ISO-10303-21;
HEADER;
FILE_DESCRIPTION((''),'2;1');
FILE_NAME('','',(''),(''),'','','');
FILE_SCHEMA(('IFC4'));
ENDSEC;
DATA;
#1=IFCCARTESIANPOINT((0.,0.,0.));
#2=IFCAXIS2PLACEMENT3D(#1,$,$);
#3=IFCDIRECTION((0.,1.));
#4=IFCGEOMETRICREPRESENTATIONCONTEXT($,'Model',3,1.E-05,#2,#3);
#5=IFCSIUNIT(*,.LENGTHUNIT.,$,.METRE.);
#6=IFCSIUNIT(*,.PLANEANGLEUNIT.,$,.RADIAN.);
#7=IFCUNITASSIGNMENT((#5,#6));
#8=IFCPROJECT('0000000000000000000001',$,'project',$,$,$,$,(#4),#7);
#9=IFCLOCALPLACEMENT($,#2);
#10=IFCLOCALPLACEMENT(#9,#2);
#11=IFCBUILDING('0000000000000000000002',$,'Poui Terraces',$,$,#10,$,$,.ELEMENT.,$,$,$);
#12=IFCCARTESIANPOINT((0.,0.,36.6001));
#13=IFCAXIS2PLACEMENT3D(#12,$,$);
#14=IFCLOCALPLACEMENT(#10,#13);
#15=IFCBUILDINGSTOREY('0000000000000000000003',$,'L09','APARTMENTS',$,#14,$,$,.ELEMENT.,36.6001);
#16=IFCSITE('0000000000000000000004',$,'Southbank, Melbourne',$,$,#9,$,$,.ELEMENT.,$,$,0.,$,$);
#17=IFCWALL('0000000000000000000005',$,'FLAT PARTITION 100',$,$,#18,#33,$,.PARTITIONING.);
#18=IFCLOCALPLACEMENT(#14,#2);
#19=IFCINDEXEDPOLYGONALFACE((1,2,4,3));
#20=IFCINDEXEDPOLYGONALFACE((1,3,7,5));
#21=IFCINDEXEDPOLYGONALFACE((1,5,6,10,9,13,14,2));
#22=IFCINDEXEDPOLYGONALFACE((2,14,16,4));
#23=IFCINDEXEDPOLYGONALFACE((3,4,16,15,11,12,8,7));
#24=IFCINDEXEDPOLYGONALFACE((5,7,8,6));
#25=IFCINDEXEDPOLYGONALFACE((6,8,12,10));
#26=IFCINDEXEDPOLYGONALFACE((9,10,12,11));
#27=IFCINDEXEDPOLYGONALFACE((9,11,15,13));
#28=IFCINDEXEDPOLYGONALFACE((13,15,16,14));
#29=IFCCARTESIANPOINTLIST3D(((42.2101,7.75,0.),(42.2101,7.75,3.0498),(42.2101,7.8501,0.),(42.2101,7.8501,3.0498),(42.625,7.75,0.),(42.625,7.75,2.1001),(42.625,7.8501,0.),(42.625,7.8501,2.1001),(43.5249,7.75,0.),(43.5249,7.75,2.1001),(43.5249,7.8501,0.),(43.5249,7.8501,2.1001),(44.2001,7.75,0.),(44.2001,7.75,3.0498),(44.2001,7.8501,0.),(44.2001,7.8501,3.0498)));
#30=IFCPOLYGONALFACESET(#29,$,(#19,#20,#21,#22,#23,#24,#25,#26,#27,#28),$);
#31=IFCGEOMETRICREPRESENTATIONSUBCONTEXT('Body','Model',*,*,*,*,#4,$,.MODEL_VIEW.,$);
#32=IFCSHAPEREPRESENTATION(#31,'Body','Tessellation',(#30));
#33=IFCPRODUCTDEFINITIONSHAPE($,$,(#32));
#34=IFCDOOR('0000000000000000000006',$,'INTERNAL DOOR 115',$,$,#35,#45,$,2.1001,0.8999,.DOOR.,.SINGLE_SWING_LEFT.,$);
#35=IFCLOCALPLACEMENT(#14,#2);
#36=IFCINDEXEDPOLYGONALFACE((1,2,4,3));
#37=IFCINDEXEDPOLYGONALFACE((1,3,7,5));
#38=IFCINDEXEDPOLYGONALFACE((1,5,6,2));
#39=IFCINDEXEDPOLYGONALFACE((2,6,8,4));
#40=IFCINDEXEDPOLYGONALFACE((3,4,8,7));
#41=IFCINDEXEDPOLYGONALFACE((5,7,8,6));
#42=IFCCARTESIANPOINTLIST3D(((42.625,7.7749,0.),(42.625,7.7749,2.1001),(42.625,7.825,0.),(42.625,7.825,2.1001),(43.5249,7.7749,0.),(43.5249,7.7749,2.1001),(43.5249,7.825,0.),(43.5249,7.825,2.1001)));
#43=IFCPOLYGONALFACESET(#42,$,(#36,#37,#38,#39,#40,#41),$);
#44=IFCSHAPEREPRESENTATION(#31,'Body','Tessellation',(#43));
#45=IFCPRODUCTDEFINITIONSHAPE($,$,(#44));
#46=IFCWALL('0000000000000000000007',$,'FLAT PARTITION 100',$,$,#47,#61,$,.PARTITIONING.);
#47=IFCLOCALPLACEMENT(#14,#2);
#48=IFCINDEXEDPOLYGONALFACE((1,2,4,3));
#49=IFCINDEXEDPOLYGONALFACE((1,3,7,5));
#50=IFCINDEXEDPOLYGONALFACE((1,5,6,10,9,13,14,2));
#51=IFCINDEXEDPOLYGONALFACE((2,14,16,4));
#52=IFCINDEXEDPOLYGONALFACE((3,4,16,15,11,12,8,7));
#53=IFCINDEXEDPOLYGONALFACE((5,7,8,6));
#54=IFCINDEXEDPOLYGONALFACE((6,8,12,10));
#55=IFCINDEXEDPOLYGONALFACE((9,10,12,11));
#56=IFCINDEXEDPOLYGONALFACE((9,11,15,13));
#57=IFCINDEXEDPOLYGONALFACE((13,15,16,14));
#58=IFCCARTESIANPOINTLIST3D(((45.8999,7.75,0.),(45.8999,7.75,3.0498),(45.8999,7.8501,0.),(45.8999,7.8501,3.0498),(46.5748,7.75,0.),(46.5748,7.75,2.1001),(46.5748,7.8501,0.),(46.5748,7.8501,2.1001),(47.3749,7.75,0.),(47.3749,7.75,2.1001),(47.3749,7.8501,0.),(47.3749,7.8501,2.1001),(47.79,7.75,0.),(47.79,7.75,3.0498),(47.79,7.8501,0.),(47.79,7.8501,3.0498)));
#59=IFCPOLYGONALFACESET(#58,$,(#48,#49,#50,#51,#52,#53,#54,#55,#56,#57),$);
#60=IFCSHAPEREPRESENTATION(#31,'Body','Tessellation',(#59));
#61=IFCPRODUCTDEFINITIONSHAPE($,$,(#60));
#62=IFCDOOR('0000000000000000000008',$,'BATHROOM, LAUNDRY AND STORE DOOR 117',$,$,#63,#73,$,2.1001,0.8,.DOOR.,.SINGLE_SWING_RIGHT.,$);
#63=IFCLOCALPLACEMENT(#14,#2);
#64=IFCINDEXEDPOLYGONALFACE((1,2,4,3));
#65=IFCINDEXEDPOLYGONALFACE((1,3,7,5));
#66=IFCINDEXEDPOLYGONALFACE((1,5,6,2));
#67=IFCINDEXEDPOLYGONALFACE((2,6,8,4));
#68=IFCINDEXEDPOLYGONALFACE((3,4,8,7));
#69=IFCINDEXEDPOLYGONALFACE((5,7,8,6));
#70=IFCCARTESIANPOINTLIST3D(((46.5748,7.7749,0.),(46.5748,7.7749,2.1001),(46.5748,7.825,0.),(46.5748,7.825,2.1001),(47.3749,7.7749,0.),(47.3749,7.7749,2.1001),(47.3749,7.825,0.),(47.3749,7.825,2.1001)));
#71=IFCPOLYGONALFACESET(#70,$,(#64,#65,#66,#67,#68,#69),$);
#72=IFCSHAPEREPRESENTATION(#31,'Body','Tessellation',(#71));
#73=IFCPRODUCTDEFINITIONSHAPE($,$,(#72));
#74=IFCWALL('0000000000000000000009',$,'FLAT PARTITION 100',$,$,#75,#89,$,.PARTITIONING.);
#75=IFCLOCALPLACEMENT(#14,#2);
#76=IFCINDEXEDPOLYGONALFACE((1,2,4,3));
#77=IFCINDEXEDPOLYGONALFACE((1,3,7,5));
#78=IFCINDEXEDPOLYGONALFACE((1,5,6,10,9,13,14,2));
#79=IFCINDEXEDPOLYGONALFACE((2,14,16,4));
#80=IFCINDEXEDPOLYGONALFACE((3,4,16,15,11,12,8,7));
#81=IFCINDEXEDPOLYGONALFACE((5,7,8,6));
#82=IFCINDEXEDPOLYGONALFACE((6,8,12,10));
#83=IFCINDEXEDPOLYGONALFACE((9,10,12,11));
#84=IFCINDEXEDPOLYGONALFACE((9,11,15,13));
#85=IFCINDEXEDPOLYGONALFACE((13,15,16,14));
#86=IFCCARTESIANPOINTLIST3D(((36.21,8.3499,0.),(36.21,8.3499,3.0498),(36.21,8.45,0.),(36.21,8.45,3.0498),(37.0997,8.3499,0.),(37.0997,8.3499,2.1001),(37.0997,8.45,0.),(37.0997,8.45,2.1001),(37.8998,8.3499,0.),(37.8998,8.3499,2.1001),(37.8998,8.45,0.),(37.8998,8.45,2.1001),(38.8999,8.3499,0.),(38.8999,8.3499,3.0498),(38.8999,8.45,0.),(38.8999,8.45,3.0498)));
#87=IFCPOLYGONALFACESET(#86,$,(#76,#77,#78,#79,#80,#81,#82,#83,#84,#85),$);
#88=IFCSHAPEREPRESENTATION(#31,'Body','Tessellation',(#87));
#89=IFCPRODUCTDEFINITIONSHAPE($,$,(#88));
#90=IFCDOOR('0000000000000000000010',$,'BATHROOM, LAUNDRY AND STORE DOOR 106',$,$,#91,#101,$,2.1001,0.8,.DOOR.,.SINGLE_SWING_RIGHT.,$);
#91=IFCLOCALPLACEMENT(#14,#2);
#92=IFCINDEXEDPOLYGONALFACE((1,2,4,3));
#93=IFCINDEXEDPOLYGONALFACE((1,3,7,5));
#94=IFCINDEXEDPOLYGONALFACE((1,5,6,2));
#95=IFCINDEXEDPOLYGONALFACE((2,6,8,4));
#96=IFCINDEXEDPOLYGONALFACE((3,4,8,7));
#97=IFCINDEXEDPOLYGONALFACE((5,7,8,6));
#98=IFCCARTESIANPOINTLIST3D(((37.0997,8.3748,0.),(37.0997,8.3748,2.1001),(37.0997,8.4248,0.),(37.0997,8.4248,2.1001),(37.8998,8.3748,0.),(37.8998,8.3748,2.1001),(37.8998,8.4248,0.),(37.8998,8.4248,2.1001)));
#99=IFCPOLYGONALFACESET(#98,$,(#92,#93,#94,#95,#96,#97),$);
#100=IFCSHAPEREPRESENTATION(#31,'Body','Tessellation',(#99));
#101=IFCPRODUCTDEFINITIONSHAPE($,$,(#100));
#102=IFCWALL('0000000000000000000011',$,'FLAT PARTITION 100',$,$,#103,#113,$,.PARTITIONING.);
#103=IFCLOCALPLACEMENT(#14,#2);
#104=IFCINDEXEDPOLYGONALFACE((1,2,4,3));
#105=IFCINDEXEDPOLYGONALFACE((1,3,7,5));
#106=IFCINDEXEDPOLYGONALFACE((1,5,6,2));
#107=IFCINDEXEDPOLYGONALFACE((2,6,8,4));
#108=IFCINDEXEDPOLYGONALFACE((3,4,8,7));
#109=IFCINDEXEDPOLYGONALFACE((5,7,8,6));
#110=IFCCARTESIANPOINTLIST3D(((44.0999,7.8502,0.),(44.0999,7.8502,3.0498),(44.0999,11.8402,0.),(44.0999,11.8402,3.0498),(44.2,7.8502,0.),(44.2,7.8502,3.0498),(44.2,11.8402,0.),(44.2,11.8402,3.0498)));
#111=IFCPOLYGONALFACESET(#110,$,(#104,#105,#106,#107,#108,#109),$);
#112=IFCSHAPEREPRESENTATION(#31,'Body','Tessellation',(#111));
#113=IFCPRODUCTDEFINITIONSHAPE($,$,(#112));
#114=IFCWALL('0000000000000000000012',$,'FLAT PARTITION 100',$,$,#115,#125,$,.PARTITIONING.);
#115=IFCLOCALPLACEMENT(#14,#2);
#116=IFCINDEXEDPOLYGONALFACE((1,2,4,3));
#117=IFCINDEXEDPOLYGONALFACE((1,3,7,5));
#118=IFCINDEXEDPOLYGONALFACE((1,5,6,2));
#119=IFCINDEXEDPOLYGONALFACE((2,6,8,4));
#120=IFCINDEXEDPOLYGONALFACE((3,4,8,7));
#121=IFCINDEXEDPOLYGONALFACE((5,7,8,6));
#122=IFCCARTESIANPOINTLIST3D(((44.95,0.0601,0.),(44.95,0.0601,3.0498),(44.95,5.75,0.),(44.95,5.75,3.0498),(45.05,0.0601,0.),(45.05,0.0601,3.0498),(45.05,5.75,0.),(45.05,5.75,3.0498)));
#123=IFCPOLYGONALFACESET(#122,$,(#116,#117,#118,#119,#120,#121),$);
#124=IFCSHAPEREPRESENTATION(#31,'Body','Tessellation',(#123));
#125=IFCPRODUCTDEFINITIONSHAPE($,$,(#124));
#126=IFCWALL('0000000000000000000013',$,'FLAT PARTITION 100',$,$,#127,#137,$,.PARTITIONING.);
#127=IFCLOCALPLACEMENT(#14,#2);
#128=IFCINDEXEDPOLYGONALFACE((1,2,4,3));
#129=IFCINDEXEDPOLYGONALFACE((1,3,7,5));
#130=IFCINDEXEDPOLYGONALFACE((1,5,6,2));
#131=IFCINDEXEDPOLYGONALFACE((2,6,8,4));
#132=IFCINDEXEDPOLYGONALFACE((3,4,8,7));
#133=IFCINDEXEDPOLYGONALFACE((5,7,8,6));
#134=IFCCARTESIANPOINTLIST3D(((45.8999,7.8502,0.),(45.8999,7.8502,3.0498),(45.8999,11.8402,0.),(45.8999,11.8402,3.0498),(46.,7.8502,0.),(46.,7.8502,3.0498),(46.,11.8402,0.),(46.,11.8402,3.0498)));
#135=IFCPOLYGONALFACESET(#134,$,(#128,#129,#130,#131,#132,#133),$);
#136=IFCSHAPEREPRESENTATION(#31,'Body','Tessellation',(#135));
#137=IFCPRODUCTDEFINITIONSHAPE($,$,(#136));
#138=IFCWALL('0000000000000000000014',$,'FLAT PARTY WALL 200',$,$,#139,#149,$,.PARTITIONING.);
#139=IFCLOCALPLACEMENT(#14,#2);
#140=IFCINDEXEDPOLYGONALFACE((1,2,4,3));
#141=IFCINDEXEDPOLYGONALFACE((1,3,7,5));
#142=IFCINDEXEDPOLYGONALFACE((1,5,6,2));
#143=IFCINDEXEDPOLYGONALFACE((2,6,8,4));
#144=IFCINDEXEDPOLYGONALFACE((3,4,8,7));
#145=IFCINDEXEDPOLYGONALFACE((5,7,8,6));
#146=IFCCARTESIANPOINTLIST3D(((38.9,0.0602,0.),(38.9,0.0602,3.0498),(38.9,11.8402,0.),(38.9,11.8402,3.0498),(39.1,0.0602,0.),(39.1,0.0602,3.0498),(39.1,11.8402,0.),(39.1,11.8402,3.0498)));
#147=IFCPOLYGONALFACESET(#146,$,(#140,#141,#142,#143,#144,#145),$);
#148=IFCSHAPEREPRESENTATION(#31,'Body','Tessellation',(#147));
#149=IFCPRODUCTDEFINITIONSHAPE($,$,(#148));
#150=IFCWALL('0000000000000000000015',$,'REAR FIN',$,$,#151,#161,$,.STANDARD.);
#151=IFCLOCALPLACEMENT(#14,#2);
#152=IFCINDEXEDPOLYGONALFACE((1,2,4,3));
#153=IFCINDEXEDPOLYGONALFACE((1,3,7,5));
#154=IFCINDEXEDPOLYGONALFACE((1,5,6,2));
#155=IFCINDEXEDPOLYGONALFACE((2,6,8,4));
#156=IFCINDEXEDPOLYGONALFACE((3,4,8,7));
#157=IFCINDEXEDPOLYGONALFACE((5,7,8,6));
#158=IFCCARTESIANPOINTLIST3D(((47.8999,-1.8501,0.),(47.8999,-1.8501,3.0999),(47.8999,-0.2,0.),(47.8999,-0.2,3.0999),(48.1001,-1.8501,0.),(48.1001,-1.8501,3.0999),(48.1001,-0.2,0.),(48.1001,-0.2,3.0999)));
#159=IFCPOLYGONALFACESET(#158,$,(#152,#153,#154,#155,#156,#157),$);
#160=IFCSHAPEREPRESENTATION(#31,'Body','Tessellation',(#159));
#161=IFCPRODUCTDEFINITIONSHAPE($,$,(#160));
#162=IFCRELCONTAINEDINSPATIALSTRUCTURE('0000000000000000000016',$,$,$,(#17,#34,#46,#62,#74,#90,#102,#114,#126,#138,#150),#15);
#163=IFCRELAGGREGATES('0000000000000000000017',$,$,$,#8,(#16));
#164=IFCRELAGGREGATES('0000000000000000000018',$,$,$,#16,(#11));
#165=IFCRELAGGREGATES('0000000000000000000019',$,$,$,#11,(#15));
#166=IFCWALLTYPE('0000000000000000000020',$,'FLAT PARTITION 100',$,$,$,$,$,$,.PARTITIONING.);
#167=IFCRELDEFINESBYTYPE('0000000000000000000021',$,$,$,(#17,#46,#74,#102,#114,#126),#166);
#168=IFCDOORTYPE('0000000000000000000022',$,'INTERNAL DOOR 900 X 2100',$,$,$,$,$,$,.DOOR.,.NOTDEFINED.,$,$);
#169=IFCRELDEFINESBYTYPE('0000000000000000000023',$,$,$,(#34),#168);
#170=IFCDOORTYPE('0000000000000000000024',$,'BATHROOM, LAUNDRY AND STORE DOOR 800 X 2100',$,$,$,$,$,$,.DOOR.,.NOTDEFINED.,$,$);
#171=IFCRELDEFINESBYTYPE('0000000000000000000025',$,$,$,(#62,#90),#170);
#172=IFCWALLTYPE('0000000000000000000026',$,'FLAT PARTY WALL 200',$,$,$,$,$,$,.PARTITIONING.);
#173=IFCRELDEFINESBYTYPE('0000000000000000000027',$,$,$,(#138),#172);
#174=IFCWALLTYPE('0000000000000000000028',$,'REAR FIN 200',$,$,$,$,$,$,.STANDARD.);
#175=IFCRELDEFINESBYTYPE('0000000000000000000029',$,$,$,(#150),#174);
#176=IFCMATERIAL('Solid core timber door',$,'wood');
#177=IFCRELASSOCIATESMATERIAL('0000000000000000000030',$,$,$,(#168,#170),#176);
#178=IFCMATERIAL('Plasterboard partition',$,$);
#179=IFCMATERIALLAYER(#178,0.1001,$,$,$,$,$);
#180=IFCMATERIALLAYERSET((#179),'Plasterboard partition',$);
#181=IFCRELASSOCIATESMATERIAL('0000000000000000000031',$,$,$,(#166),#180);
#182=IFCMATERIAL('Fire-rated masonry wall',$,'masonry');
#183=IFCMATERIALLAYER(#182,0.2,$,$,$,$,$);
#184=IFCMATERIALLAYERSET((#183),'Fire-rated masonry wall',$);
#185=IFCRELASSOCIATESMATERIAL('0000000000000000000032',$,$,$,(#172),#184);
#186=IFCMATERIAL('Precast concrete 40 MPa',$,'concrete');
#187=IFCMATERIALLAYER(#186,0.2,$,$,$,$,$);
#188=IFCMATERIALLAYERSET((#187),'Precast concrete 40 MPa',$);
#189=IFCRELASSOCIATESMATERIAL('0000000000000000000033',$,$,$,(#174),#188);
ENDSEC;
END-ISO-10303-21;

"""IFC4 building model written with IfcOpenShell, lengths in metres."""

from ifc_helpers import new_model, si_unit, direction, frame, frame_2d, origin, place, context, subcontext, project, spatial, polyline, rectangle, outline, extrude, source, transform, mapped, material, layer, layer_set, type_object, element, fill, save


model = new_model("IFC4")

# Units and contexts
model_context = context("Model", 3, precision=1e-05, world=origin(), true_north=direction((0.0, 1.0)))
body_context = subcontext(model_context, "Body", "Model", "MODEL_VIEW")
ifc_project = project(units=[si_unit("LENGTHUNIT", "METRE"), si_unit("PLANEANGLEUNIT", "RADIAN")], contexts=[model_context])

# Site, building, storey
site_placement = place(None, origin())
site = spatial("IfcSite", under=ifc_project, at=site_placement, Name="Southbank, Melbourne", CompositionType="ELEMENT", RefElevation=0.0)
building_placement = place(site_placement, origin())
building = spatial("IfcBuilding", under=site, at=building_placement, Name="Poui Terraces", CompositionType="ELEMENT")
storey_placement = place(building_placement, frame((0.0, 0.0, 36.6001)))
storey = spatial("IfcBuildingStorey", under=building, at=storey_placement, Name="L09", Description="APARTMENTS", CompositionType="ELEMENT", Elevation=36.6001)

# Walls, openings, doors
ifc_material_1 = material(Name="Solid core timber door", Category="wood")
door_type_1 = type_object("IfcDoorType", Name="INTERNAL DOOR 900 X 2100", OperationType="NOTDEFINED", PredefinedType="DOOR", material=ifc_material_1)
ifc_material_2 = material(Name="Plasterboard partition")
ifc_layer_1 = layer(ifc_material_2, 0.1001)
ifc_layer_set_1 = layer_set([ifc_layer_1], Name="Plasterboard partition")
wall_type_1 = type_object("IfcWallType", Name="FLAT PARTITION 100", PredefinedType="PARTITIONING", material=ifc_layer_set_1)
door_type_2 = type_object("IfcDoorType", Name="BATHROOM, LAUNDRY AND STORE DOOR 800 X 2100", OperationType="NOTDEFINED", PredefinedType="DOOR", material=ifc_material_1)
wall_1_placement = place(storey_placement, frame((42.21, 7.8, 0.0), z_axis=(0.0, 0.0, 1.0), x_axis=(1.0, 0.0, 0.0)))
wall_1 = element("IfcWall", 1, at=wall_1_placement, inside=storey, type_object=wall_type_1, Name="FLAT PARTITION 100", PredefinedType="PARTITIONING", context=body_context, shape_type="SweptSolid", body=[
    extrude(rectangle(XDim=1.99, YDim=0.1001, at=frame_2d((0.9951, 0.0))), origin(), (0.0, 0.0, 1.0), 3.0498),
])
opening_1_placement = place(wall_1_placement, frame((0.415, 0.0, 0.0)))
opening_1 = element("IfcOpeningElement", 2, at=opening_1_placement, cuts=wall_1, PredefinedType="OPENING", context=body_context, shape_type="SweptSolid", body=[
    extrude(rectangle(XDim=0.8999, YDim=2.1001, at=frame_2d((0.45, 1.05))), frame((0.0, 0.0601, 0.0), z_axis=(0.0, -1.0, 0.0), x_axis=(1.0, 0.0, 0.0)), (0.0, 0.0, 1.0), 0.1201),
])
door_1_placement = place(opening_1_placement, origin())
door_1 = element("IfcDoor", 3, at=door_1_placement, inside=storey, type_object=door_type_1, Name="INTERNAL DOOR 115", OperationType="SINGLE_SWING_LEFT", OverallHeight=2.1001, OverallWidth=0.8999, PredefinedType="DOOR", context=body_context, shape_type="SweptSolid", body=[
    extrude(rectangle(XDim=0.8999, YDim=2.1001, at=frame_2d((0.45, 1.05))), frame((0.0, 0.0249, 0.0), z_axis=(0.0, -1.0, 0.0), x_axis=(1.0, 0.0, 0.0)), (0.0, 0.0, 1.0), 0.05),
])
fill(opening_1, door_1)
wall_2_placement = place(storey_placement, frame((45.8999, 7.8, 0.0), z_axis=(0.0, 0.0, 1.0), x_axis=(1.0, 0.0, 0.0)))
wall_2 = element("IfcWall", 4, at=wall_2_placement, inside=storey, type_object=wall_type_1, Name="FLAT PARTITION 100", PredefinedType="PARTITIONING", context=body_context, shape_type="SweptSolid", body=[
    extrude(rectangle(XDim=1.8901, YDim=0.1001, at=frame_2d((0.9451, 0.0))), origin(), (0.0, 0.0, 1.0), 3.0498),
])
opening_2_placement = place(wall_2_placement, frame((0.675, 0.0, 0.0)))
opening_2 = element("IfcOpeningElement", 5, at=opening_2_placement, cuts=wall_2, PredefinedType="OPENING", context=body_context, shape_type="SweptSolid", body=[
    extrude(rectangle(XDim=0.8, YDim=2.1001, at=frame_2d((0.3999, 1.05))), frame((0.0, 0.0601, 0.0), z_axis=(0.0, -1.0, 0.0), x_axis=(1.0, 0.0, 0.0)), (0.0, 0.0, 1.0), 0.1201),
])
door_2_placement = place(opening_2_placement, origin())
door_2 = element("IfcDoor", 6, at=door_2_placement, inside=storey, type_object=door_type_2, Name="BATHROOM, LAUNDRY AND STORE DOOR 117", OperationType="SINGLE_SWING_RIGHT", OverallHeight=2.1001, OverallWidth=0.8, PredefinedType="DOOR", context=body_context, shape_type="SweptSolid", body=[
    extrude(rectangle(XDim=0.8, YDim=2.1001, at=frame_2d((0.3999, 1.05))), frame((0.0, 0.0249, 0.0), z_axis=(0.0, -1.0, 0.0), x_axis=(1.0, 0.0, 0.0)), (0.0, 0.0, 1.0), 0.05),
])
fill(opening_2, door_2)
wall_3_placement = place(storey_placement, frame((36.21, 8.3999, 0.0), z_axis=(0.0, 0.0, 1.0), x_axis=(1.0, 0.0, 0.0)))
wall_3 = element("IfcWall", 7, at=wall_3_placement, inside=storey, type_object=wall_type_1, Name="FLAT PARTITION 100", PredefinedType="PARTITIONING", context=body_context, shape_type="SweptSolid", body=[
    extrude(rectangle(XDim=2.6899, YDim=0.1001, at=frame_2d((1.345, 0.0))), origin(), (0.0, 0.0, 1.0), 3.0498),
])
opening_3_placement = place(wall_3_placement, frame((0.8899, 0.0, 0.0)))
opening_3 = element("IfcOpeningElement", 8, at=opening_3_placement, cuts=wall_3, PredefinedType="OPENING", context=body_context, shape_type="SweptSolid", body=[
    extrude(rectangle(XDim=0.8, YDim=2.1001, at=frame_2d((0.3999, 1.05))), frame((0.0, 0.0601, 0.0), z_axis=(0.0, -1.0, 0.0), x_axis=(1.0, 0.0, 0.0)), (0.0, 0.0, 1.0), 0.1201),
])
door_3_placement = place(opening_3_placement, origin())
door_3 = element("IfcDoor", 9, at=door_3_placement, inside=storey, type_object=door_type_2, Name="BATHROOM, LAUNDRY AND STORE DOOR 106", OperationType="SINGLE_SWING_RIGHT", OverallHeight=2.1001, OverallWidth=0.8, PredefinedType="DOOR", context=body_context, shape_type="SweptSolid", body=[
    extrude(rectangle(XDim=0.8, YDim=2.1001, at=frame_2d((0.3999, 1.05))), frame((0.0, 0.0249, 0.0), z_axis=(0.0, -1.0, 0.0), x_axis=(1.0, 0.0, 0.0)), (0.0, 0.0, 1.0), 0.05),
])
fill(opening_3, door_3)

# Walls
wall_4_placement = place(storey_placement, frame((44.1499, 7.8501, 0.0), z_axis=(0.0, 0.0, 1.0), x_axis=(0.0, 1.0, 0.0)))
element("IfcWall", 10, at=wall_4_placement, inside=storey, type_object=wall_type_1, Name="FLAT PARTITION 100", PredefinedType="PARTITIONING", context=body_context, shape_type="SweptSolid", body=[
    extrude(rectangle(XDim=3.99, YDim=0.1001, at=frame_2d((1.9951, 0.0))), origin(), (0.0, 0.0, 1.0), 3.0498),
])
wall_5_placement = place(storey_placement, frame((45.0, 0.0601, 0.0), z_axis=(0.0, 0.0, 1.0), x_axis=(0.0, 1.0, 0.0)))
element("IfcWall", 11, at=wall_5_placement, inside=storey, type_object=wall_type_1, Name="FLAT PARTITION 100", PredefinedType="PARTITIONING", context=body_context, shape_type="SweptSolid", body=[
    extrude(rectangle(XDim=5.6899, YDim=0.1001, at=frame_2d((2.845, 0.0))), origin(), (0.0, 0.0, 1.0), 3.0498),
])
wall_6_placement = place(storey_placement, frame((45.95, 7.8501, 0.0), z_axis=(0.0, 0.0, 1.0), x_axis=(0.0, 1.0, 0.0)))
element("IfcWall", 12, at=wall_6_placement, inside=storey, type_object=wall_type_1, Name="FLAT PARTITION 100", PredefinedType="PARTITIONING", context=body_context, shape_type="SweptSolid", body=[
    extrude(rectangle(XDim=3.99, YDim=0.1001, at=frame_2d((1.9951, 0.0))), origin(), (0.0, 0.0, 1.0), 3.0498),
])
ifc_material_3 = material(Name="Fire-rated masonry wall", Category="masonry")
ifc_layer_2 = layer(ifc_material_3, 0.2)
ifc_layer_set_2 = layer_set([ifc_layer_2], Name="Fire-rated masonry wall")
wall_type_2 = type_object("IfcWallType", Name="FLAT PARTY WALL 200", PredefinedType="PARTITIONING", material=ifc_layer_set_2)
wall_7_placement = place(storey_placement, frame((39.0, 0.0601, 0.0), z_axis=(0.0, 0.0, 1.0), x_axis=(0.0, 1.0, 0.0)))
element("IfcWall", 13, at=wall_7_placement, inside=storey, type_object=wall_type_2, Name="FLAT PARTY WALL 200", PredefinedType="PARTITIONING", context=body_context, shape_type="SweptSolid", body=[
    extrude(rectangle(XDim=11.78, YDim=0.2, at=frame_2d((5.8901, 0.0))), origin(), (0.0, 0.0, 1.0), 3.0498),
])
ifc_material_4 = material(Name="Precast concrete 40 MPa", Category="concrete")
ifc_layer_3 = layer(ifc_material_4, 0.2)
ifc_layer_set_3 = layer_set([ifc_layer_3], Name="Precast concrete 40 MPa")
wall_type_3 = type_object("IfcWallType", Name="REAR FIN 200", PredefinedType="STANDARD", material=ifc_layer_set_3)
shared_shape_1 = source(origin(), body_context, "Body", "SweptSolid", [
    extrude(outline(polyline([(0.0, 0.0), (0.2002, 0.0), (0.2002, 1.6501), (0.0, 1.6501), (0.0, 0.0)])), origin(), (0.0, 0.0, 1.0), 3.0999),
])
wall_8_placement = place(storey_placement, frame((47.8999, -1.8501, 0.0)))
element("IfcWall", 14, at=wall_8_placement, inside=storey, type_object=wall_type_3, Name="REAR FIN", PredefinedType="STANDARD", context=body_context, shape_type="MappedRepresentation", body=[
    mapped(shared_shape_1, transform((0.0, 0.0, 0.0))),
])

save(model, "model.ifc")
